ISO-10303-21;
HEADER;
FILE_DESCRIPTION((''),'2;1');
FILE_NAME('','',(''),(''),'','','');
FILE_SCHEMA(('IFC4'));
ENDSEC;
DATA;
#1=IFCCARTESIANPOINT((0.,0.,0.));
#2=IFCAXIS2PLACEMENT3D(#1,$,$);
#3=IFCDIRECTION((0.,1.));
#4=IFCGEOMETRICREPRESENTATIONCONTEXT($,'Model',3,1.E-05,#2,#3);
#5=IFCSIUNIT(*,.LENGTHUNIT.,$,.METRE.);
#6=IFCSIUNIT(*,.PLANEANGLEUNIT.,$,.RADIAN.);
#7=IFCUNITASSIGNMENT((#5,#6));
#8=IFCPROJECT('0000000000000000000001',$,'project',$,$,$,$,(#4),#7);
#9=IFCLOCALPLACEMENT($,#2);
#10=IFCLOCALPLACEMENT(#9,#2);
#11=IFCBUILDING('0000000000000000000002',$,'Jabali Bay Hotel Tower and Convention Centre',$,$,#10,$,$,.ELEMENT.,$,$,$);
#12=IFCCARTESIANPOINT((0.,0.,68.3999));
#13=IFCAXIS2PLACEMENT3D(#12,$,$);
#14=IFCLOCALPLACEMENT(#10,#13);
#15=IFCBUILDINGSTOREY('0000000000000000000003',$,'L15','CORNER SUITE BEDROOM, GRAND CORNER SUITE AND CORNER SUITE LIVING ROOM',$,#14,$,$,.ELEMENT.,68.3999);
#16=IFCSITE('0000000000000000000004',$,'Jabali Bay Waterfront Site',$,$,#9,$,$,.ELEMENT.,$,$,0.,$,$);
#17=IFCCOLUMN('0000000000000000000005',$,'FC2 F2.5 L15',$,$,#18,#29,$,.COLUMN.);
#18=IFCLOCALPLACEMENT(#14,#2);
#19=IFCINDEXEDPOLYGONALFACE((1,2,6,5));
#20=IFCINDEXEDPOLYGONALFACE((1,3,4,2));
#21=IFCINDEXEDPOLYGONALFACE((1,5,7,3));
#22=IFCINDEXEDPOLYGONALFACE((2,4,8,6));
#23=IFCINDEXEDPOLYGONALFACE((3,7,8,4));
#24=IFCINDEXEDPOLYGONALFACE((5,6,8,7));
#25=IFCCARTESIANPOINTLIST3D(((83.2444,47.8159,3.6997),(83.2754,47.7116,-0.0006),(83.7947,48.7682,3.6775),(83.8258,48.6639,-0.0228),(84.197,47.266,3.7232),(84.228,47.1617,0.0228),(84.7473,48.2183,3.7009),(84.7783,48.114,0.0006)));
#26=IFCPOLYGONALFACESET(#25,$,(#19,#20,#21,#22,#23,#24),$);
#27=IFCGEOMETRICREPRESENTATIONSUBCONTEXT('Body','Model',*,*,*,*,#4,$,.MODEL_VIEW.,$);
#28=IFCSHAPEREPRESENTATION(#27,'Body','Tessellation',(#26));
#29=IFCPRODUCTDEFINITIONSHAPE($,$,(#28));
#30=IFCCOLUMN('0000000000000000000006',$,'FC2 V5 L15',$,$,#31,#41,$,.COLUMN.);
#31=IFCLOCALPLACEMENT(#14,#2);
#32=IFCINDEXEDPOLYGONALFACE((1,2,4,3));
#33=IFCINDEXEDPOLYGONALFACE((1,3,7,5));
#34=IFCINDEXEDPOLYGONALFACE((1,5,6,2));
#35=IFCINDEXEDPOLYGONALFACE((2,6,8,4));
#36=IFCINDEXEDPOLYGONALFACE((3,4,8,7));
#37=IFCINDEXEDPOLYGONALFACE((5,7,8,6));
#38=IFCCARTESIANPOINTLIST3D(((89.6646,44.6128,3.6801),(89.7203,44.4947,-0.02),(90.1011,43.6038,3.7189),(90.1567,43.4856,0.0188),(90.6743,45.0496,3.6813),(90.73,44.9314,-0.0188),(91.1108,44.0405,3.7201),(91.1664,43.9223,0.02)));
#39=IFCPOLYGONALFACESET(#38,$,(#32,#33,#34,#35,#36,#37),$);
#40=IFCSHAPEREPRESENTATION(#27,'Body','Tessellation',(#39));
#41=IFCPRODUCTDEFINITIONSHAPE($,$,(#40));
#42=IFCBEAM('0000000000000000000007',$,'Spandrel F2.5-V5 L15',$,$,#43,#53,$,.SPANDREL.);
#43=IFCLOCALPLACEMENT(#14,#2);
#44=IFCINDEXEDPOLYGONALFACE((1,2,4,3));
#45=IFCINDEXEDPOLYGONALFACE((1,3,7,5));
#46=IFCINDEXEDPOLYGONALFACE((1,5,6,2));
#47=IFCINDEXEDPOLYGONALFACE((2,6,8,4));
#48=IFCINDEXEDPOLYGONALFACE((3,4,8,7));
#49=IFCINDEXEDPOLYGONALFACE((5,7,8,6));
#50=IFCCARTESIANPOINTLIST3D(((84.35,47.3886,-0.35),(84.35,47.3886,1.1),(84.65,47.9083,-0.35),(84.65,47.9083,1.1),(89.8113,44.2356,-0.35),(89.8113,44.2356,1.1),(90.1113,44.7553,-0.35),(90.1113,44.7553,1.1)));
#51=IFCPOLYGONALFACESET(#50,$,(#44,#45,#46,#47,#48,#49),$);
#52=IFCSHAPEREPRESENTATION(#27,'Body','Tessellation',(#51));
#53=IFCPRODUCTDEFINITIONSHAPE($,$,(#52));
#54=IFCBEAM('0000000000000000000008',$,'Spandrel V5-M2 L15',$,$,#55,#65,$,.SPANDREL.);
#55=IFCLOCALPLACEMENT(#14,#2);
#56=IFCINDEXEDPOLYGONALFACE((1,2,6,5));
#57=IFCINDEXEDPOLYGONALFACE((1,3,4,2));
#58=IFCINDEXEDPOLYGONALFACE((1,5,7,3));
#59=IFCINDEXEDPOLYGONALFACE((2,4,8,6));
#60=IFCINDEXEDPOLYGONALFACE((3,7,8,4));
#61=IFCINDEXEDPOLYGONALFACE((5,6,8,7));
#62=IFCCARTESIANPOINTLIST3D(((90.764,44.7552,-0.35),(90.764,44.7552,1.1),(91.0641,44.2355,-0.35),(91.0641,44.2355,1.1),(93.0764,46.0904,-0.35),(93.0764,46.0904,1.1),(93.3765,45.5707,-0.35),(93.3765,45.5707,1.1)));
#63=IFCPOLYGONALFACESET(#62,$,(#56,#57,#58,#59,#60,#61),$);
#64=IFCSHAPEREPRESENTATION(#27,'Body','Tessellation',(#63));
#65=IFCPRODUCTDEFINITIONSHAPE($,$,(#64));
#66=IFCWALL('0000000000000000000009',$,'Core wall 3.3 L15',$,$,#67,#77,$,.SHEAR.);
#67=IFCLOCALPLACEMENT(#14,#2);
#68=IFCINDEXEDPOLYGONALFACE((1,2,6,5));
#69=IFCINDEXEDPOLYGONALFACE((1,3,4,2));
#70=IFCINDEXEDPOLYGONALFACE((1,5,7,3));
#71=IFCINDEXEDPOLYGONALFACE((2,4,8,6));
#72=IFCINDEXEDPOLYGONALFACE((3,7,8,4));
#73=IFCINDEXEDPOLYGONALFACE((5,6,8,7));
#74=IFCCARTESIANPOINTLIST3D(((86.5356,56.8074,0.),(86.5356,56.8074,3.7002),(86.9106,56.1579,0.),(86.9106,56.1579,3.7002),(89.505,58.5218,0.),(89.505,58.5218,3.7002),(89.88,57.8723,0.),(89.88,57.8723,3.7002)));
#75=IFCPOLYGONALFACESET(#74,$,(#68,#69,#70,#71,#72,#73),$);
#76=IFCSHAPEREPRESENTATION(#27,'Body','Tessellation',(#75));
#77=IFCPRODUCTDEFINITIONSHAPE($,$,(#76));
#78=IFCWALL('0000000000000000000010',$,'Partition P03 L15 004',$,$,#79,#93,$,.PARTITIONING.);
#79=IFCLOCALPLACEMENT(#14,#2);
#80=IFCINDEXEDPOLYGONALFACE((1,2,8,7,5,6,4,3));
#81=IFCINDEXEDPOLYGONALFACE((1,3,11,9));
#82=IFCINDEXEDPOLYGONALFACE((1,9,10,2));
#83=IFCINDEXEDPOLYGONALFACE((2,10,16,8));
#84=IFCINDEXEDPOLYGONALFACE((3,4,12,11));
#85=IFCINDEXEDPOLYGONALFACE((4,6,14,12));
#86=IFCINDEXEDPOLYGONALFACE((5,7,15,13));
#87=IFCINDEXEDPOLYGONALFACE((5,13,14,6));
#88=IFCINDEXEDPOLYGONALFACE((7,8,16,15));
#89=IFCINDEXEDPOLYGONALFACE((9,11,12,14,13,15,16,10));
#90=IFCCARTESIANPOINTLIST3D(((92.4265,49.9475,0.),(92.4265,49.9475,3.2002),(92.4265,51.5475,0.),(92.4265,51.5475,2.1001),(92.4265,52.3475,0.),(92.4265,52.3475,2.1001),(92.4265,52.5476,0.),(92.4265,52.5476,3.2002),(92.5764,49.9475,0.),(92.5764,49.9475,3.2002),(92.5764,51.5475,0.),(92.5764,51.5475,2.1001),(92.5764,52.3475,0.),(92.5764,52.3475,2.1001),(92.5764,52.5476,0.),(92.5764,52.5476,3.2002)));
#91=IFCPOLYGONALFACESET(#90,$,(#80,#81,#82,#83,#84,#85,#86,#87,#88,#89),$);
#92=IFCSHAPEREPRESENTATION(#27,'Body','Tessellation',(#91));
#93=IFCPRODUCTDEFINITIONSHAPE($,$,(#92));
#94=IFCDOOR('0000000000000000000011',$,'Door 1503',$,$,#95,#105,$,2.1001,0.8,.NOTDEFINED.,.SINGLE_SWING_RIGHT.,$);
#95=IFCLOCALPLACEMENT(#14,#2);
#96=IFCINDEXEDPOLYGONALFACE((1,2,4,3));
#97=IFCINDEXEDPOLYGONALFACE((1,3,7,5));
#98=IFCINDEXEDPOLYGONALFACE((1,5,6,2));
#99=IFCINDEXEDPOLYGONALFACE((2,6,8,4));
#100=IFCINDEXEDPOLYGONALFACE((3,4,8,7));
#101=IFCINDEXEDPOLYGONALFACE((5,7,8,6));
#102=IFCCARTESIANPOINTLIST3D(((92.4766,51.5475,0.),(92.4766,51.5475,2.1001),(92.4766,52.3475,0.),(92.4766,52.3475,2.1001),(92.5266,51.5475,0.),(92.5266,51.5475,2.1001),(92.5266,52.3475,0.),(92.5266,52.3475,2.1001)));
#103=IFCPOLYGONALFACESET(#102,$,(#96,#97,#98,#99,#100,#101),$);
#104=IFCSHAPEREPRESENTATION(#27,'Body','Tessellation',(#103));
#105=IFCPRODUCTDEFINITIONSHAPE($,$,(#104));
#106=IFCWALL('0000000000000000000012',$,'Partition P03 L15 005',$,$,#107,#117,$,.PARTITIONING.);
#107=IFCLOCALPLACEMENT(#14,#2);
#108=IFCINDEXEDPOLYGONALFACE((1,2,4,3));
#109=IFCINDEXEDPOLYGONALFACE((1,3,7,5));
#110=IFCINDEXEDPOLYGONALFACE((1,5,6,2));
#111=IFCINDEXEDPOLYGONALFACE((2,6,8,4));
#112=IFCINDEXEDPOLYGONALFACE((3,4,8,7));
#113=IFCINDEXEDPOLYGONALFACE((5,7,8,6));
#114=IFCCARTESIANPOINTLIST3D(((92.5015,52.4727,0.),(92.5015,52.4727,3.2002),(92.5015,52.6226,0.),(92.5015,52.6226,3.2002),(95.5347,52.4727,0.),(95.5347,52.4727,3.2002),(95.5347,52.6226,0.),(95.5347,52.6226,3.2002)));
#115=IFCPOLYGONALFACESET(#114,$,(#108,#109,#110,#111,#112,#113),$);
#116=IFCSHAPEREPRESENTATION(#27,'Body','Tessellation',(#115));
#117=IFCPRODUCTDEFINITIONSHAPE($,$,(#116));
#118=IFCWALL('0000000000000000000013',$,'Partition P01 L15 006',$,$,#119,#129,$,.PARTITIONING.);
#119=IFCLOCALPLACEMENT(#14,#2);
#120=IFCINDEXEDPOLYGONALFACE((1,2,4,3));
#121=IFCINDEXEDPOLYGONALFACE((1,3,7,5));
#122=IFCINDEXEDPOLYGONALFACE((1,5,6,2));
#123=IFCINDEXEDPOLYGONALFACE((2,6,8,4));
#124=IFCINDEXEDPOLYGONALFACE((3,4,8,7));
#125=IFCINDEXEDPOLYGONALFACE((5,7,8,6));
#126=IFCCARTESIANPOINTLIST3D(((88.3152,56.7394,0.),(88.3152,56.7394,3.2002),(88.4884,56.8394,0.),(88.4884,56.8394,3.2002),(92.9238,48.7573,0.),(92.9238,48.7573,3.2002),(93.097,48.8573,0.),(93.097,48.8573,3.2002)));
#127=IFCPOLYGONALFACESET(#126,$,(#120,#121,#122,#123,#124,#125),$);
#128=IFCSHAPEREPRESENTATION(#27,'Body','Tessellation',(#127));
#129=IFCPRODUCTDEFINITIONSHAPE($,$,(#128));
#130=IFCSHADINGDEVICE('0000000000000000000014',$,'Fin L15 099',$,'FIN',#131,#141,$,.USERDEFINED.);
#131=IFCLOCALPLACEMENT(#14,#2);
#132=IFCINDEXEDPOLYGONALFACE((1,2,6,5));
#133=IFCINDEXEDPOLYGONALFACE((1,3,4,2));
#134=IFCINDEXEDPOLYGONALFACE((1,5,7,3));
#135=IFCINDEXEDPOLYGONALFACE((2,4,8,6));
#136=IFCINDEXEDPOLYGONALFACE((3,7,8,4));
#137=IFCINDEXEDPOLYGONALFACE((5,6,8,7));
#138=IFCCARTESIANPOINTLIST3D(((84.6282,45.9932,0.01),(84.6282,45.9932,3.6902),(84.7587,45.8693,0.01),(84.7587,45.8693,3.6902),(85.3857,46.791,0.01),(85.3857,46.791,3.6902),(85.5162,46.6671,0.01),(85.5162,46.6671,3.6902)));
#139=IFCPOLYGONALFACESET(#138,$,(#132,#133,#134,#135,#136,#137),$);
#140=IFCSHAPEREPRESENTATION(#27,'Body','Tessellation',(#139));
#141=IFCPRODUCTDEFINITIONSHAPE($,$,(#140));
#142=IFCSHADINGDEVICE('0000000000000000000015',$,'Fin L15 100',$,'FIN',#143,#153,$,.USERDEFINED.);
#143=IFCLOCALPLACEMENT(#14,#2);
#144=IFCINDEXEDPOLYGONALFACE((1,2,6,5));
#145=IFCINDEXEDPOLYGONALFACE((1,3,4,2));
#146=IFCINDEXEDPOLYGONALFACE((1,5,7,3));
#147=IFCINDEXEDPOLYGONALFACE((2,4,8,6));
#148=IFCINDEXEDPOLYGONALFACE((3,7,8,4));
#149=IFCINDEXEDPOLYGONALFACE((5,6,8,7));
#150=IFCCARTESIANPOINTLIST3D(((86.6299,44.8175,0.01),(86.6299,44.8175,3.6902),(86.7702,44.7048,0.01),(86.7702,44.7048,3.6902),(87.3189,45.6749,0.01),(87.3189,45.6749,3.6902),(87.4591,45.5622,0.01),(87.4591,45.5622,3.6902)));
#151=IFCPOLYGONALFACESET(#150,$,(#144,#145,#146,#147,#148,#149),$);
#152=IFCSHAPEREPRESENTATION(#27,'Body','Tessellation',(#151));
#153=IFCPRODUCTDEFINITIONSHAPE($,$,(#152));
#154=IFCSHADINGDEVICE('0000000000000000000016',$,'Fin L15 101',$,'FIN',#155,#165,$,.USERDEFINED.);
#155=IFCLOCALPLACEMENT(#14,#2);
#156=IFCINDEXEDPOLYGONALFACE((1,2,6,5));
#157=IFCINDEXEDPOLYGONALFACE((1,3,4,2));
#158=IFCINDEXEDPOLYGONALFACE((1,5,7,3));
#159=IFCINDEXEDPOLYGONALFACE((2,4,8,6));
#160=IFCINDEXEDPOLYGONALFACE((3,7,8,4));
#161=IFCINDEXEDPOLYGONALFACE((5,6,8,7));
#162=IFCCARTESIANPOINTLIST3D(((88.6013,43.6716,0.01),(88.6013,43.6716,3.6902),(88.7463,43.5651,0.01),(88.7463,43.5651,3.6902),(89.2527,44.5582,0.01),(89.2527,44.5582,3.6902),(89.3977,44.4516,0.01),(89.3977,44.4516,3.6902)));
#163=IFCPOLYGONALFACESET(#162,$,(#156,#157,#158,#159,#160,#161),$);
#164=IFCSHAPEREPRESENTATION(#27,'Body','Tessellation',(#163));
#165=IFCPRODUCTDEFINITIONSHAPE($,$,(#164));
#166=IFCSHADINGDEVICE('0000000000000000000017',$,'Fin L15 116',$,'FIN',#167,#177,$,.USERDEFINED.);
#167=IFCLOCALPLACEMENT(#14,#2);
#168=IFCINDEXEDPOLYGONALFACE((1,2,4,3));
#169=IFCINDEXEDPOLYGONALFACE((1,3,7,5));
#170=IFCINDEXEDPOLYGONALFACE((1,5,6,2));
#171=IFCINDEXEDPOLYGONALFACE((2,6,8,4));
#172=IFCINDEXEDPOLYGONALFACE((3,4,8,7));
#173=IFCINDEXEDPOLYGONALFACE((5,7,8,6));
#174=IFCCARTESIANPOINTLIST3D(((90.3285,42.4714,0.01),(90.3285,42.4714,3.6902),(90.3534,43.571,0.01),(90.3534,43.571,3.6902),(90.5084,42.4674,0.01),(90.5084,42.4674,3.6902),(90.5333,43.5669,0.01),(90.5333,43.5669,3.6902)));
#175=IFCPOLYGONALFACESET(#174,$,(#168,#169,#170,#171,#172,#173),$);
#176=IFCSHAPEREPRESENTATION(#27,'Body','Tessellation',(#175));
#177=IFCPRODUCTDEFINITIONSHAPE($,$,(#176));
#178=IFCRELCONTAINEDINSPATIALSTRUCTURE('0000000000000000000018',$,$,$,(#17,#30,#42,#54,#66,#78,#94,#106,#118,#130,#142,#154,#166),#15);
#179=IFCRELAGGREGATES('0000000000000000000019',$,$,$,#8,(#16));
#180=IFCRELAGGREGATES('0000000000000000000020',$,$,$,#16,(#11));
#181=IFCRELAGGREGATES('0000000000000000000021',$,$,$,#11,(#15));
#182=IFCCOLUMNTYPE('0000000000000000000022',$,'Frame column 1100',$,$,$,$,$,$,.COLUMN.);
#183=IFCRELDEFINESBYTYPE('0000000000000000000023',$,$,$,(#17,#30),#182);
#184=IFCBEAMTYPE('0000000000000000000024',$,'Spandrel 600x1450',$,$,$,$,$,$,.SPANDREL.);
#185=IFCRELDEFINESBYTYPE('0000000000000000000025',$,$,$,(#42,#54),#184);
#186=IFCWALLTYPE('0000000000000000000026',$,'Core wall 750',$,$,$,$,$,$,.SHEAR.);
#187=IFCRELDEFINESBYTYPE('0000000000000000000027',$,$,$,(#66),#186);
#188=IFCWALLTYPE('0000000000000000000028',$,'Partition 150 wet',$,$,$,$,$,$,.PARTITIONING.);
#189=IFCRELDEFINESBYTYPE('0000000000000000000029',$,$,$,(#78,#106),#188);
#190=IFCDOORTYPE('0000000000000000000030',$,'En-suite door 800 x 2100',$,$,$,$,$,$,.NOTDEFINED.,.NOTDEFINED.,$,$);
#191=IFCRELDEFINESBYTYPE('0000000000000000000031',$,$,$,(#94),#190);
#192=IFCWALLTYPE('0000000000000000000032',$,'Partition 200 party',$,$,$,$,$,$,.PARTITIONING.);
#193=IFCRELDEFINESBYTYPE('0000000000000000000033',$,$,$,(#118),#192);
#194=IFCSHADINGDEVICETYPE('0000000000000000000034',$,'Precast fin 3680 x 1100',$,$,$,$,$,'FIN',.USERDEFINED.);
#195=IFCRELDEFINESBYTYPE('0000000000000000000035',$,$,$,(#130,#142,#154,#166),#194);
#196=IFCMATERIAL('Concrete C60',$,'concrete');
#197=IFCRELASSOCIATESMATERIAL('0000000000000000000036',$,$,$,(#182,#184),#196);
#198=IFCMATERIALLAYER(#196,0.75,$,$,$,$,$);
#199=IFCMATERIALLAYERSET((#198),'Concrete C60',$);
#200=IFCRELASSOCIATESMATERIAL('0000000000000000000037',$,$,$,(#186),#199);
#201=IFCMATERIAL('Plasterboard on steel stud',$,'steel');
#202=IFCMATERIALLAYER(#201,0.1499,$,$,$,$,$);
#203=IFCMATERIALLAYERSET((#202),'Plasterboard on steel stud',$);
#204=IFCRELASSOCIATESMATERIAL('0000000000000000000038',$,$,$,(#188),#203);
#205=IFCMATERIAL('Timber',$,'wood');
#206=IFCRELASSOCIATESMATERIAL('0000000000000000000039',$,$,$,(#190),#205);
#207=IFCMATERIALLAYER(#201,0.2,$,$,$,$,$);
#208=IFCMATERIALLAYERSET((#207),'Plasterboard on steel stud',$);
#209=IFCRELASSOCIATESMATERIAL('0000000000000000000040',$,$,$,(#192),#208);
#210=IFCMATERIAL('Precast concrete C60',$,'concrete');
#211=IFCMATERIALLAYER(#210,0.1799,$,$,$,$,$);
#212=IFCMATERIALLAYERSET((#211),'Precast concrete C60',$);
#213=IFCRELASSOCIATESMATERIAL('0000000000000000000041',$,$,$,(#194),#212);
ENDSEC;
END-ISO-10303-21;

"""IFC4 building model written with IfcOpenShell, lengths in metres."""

from ifc_helpers import new_model, si_unit, direction, frame, frame_2d, origin, origin_2d, place, context, subcontext, project, spatial, rectangle, extrude, material, layer, layer_set, material_profile, profile_set, type_object, element, fill, save


model = new_model("IFC4")

# Units and contexts
model_context = context("Model", 3, precision=1e-05, world=origin(), true_north=direction((0.0, 1.0)))
body_context = subcontext(model_context, "Body", "Model", "MODEL_VIEW")
ifc_project = project(units=[si_unit("LENGTHUNIT", "METRE"), si_unit("PLANEANGLEUNIT", "RADIAN")], contexts=[model_context])

# Site, building, storey
site_placement = place(None, origin())
site = spatial("IfcSite", under=ifc_project, at=site_placement, Name="Jabali Bay Waterfront Site", CompositionType="ELEMENT", RefElevation=0.0)
building_placement = place(site_placement, origin())
building = spatial("IfcBuilding", under=site, at=building_placement, Name="Jabali Bay Hotel Tower and Convention Centre", CompositionType="ELEMENT")
storey_placement = place(building_placement, frame((0.0, 0.0, 68.3999)))
storey = spatial("IfcBuildingStorey", under=building, at=storey_placement, Name="L15", Description="CORNER SUITE BEDROOM, GRAND CORNER SUITE AND CORNER SUITE LIVING ROOM", CompositionType="ELEMENT", Elevation=68.3999)

# Columns
ifc_material_1 = material(Name="Concrete C60", Category="concrete")
ifc_material_profile_1 = material_profile(ifc_material_1, rectangle(XDim=1.1001, YDim=1.1001, at=origin_2d()), Name="Frame column 1100")
ifc_profile_set_1 = profile_set([ifc_material_profile_1], Name="Concrete C60")
column_type = type_object("IfcColumnType", Name="Frame column 1100", PredefinedType="COLUMN", material=ifc_profile_set_1)
column_1_placement = place(storey_placement, frame((84.0269, 47.9128, 0.0), z_axis=(-0.008376, 0.028161, 0.999568), x_axis=(-0.50024, -0.865651, 0.020197)))
element("IfcColumn", 1, at=column_1_placement, inside=storey, type_object=column_type, Name="FC2 F2.5 L15", PredefinedType="COLUMN", context=body_context, shape_type="SweptSolid", body=[
    extrude(rectangle(XDim=1.1001, YDim=1.1001, at=origin_2d()), origin(), (0.0, 0.0, 1.0), 3.7019),
])
column_2_placement = place(storey_placement, frame((90.4434, 44.2085, 0.0), z_axis=(-0.015034, 0.031915, 0.999378), x_axis=(0.396702, -0.91727, 0.03526)))
element("IfcColumn", 2, at=column_2_placement, inside=storey, type_object=column_type, Name="FC2 V5 L15", PredefinedType="COLUMN", context=body_context, shape_type="SweptSolid", body=[
    extrude(rectangle(XDim=1.1001, YDim=1.1001, at=origin_2d()), origin(), (0.0, 0.0, 1.0), 3.7024),
])

# Beams
ifc_material_profile_2 = material_profile(ifc_material_1, rectangle(XDim=0.6001, YDim=1.45, at=origin_2d()), Name="Spandrel 600x1450")
ifc_profile_set_2 = profile_set([ifc_material_profile_2], Name="Concrete C60")
beam_type = type_object("IfcBeamType", Name="Spandrel 600x1450", PredefinedType="SPANDREL", material=ifc_profile_set_2)
beam_1_placement = place(storey_placement, frame((84.5, 47.6484, 0.375), z_axis=(0.866031, -0.499991, 0.0), x_axis=(0.499991, 0.866031, 0.0)))
element("IfcBeam", 3, at=beam_1_placement, inside=storey, type_object=beam_type, Name="Spandrel F2.5-V5 L15", PredefinedType="SPANDREL", context=body_context, shape_type="SweptSolid", body=[
    extrude(rectangle(XDim=0.6001, YDim=1.45, at=origin_2d()), origin(), (0.0, 0.0, 1.0), 6.3062),
])
beam_2_placement = place(storey_placement, frame((90.9141, 44.4954, 0.375), z_axis=(0.866012, 0.500023, 0.0), x_axis=(-0.500023, 0.866012, 0.0)))
element("IfcBeam", 4, at=beam_2_placement, inside=storey, type_object=beam_type, Name="Spandrel V5-M2 L15", PredefinedType="SPANDREL", context=body_context, shape_type="SweptSolid", body=[
    extrude(rectangle(XDim=0.6001, YDim=1.45, at=origin_2d()), origin(), (0.0, 0.0, 1.0), 2.6702),
])

# Wall
ifc_layer_1 = layer(ifc_material_1, 0.75)
ifc_layer_set_1 = layer_set([ifc_layer_1], Name="Concrete C60")
wall_type_1 = type_object("IfcWallType", Name="Core wall 750", PredefinedType="SHEAR", material=ifc_layer_set_1)
wall_1_placement = place(storey_placement, frame((86.7231, 56.4827, 0.0), z_axis=(0.0, 0.0, 1.0), x_axis=(0.866017, 0.500014, 0.0)))
element("IfcWall", 5, at=wall_1_placement, inside=storey, type_object=wall_type_1, Name="Core wall 3.3 L15", PredefinedType="SHEAR", context=body_context, shape_type="SweptSolid", body=[
    extrude(rectangle(XDim=3.4287, YDim=0.75, at=frame_2d((1.7144, 0.0))), origin(), (0.0, 0.0, 1.0), 3.7002),
])

# Wall, opening, door
ifc_material_2 = material(Name="Plasterboard on steel stud", Category="steel")
ifc_layer_2 = layer(ifc_material_2, 0.1499)
ifc_layer_set_2 = layer_set([ifc_layer_2], Name="Plasterboard on steel stud")
wall_type_2 = type_object("IfcWallType", Name="Partition 150 wet", PredefinedType="PARTITIONING", material=ifc_layer_set_2)
wall_2_placement = place(storey_placement, frame((92.5015, 49.9475, 0.0), z_axis=(0.0, 0.0, 1.0), x_axis=(0.0, 1.0, 0.0)))
wall_2 = element("IfcWall", 6, at=wall_2_placement, inside=storey, type_object=wall_type_2, Name="Partition P03 L15 004", PredefinedType="PARTITIONING", context=body_context, shape_type="SweptSolid", body=[
    extrude(rectangle(XDim=2.6001, YDim=0.1499, at=frame_2d((1.3, 0.0))), origin(), (0.0, 0.0, 1.0), 3.2002),
])
opening_1_placement = place(wall_2_placement, frame((1.6001, 0.0, 0.0)))
opening_1 = element("IfcOpeningElement", 7, at=opening_1_placement, cuts=wall_2, PredefinedType="OPENING", context=body_context, shape_type="SweptSolid", body=[
    extrude(rectangle(XDim=0.8, YDim=2.1001, at=frame_2d((0.3999, 1.05))), frame((0.0, 0.0854, 0.0), z_axis=(0.0, -1.0, 0.0), x_axis=(1.0, 0.0, 0.0)), (0.0, 0.0, 1.0), 0.1709),
])
ifc_material_3 = material(Name="Timber", Category="wood")
door_type_1 = type_object("IfcDoorType", Name="En-suite door 800 x 2100", OperationType="NOTDEFINED", PredefinedType="NOTDEFINED", material=ifc_material_3)
door_1_placement = place(opening_1_placement, origin())
door_1 = element("IfcDoor", 8, at=door_1_placement, inside=storey, type_object=door_type_1, Name="Door 1503", OperationType="SINGLE_SWING_RIGHT", OverallHeight=2.1001, OverallWidth=0.8, PredefinedType="NOTDEFINED", context=body_context, shape_type="SweptSolid", body=[
    extrude(rectangle(XDim=0.8, YDim=2.1001, at=frame_2d((0.3999, 1.05))), frame((0.0, 0.0249, 0.0), z_axis=(0.0, -1.0, 0.0), x_axis=(1.0, 0.0, 0.0)), (0.0, 0.0, 1.0), 0.05),
])
fill(opening_1, door_1)

# Walls
wall_3_placement = place(storey_placement, frame((92.5015, 52.5476, 0.0), z_axis=(0.0, 0.0, 1.0), x_axis=(1.0, 0.0, 0.0)))
element("IfcWall", 9, at=wall_3_placement, inside=storey, type_object=wall_type_2, Name="Partition P03 L15 005", PredefinedType="PARTITIONING", context=body_context, shape_type="SweptSolid", body=[
    extrude(rectangle(XDim=3.0332, YDim=0.1499, at=frame_2d((1.5166, 0.0))), origin(), (0.0, 0.0, 1.0), 3.2002),
])
ifc_layer_3 = layer(ifc_material_2, 0.2)
ifc_layer_set_3 = layer_set([ifc_layer_3], Name="Plasterboard on steel stud")
wall_type_3 = type_object("IfcWallType", Name="Partition 200 party", PredefinedType="PARTITIONING", material=ifc_layer_set_3)
wall_4_placement = place(storey_placement, frame((88.4019, 56.7893, 0.0), z_axis=(0.0, 0.0, 1.0), x_axis=(0.500011, -0.866019, 0.0)))
element("IfcWall", 10, at=wall_4_placement, inside=storey, type_object=wall_type_3, Name="Partition P01 L15 006", PredefinedType="PARTITIONING", context=body_context, shape_type="SweptSolid", body=[
    extrude(rectangle(XDim=9.217, YDim=0.2, at=frame_2d((4.6084, 0.0))), origin(), (0.0, 0.0, 1.0), 3.2002),
])

# Shading devices
ifc_material_4 = material(Name="Precast concrete C60", Category="concrete")
ifc_layer_4 = layer(ifc_material_4, 0.1799)
ifc_layer_set_4 = layer_set([ifc_layer_4], Name="Precast concrete C60")
shading_device_type_1 = type_object("IfcShadingDeviceType", Name="Precast fin 3680 x 1100", ElementType="FIN", PredefinedType="USERDEFINED", material=ifc_layer_set_4)
shading_device_1_placement = place(storey_placement, frame((85.4509, 46.729, 0.01), z_axis=(0.0, 0.0, 1.0), x_axis=(-0.688563, -0.725177, 0.0)))
element("IfcShadingDevice", 11, at=shading_device_1_placement, inside=storey, type_object=shading_device_type_1, Name="Fin L15 099", ObjectType="FIN", PredefinedType="USERDEFINED", context=body_context, shape_type="SweptSolid", body=[
    extrude(rectangle(XDim=1.1001, YDim=0.1799, at=frame_2d((0.55, 0.0))), origin(), (0.0, 0.0, 1.0), 3.6802),
])
shading_device_2_placement = place(storey_placement, frame((87.3889, 45.6184, 0.01), z_axis=(0.0, 0.0, 1.0), x_axis=(-0.626372, -0.779524, 0.0)))
element("IfcShadingDevice", 12, at=shading_device_2_placement, inside=storey, type_object=shading_device_type_1, Name="Fin L15 100", ObjectType="FIN", PredefinedType="USERDEFINED", context=body_context, shape_type="SweptSolid", body=[
    extrude(rectangle(XDim=1.0999, YDim=0.1799, at=frame_2d((0.5498, 0.0))), origin(), (0.0, 0.0, 1.0), 3.6802),
])
shading_device_3_placement = place(storey_placement, frame((89.3252, 44.5049, 0.01), z_axis=(0.0, 0.0, 1.0), x_axis=(-0.592123, -0.805847, 0.0)))
element("IfcShadingDevice", 13, at=shading_device_3_placement, inside=storey, type_object=shading_device_type_1, Name="Fin L15 101", ObjectType="FIN", PredefinedType="USERDEFINED", context=body_context, shape_type="SweptSolid", body=[
    extrude(rectangle(XDim=1.1001, YDim=0.1799, at=frame_2d((0.55, 0.0))), origin(), (0.0, 0.0, 1.0), 3.6802),
])
shading_device_4_placement = place(storey_placement, frame((90.4434, 43.5688, 0.01), z_axis=(0.0, 0.0, 1.0), x_axis=(-0.022641, -0.999744, 0.0)))
element("IfcShadingDevice", 14, at=shading_device_4_placement, inside=storey, type_object=shading_device_type_1, Name="Fin L15 116", ObjectType="FIN", PredefinedType="USERDEFINED", context=body_context, shape_type="SweptSolid", body=[
    extrude(rectangle(XDim=1.0999, YDim=0.1799, at=frame_2d((0.5498, 0.0))), origin(), (0.0, 0.0, 1.0), 3.6802),
])

save(model, "model.ifc")
